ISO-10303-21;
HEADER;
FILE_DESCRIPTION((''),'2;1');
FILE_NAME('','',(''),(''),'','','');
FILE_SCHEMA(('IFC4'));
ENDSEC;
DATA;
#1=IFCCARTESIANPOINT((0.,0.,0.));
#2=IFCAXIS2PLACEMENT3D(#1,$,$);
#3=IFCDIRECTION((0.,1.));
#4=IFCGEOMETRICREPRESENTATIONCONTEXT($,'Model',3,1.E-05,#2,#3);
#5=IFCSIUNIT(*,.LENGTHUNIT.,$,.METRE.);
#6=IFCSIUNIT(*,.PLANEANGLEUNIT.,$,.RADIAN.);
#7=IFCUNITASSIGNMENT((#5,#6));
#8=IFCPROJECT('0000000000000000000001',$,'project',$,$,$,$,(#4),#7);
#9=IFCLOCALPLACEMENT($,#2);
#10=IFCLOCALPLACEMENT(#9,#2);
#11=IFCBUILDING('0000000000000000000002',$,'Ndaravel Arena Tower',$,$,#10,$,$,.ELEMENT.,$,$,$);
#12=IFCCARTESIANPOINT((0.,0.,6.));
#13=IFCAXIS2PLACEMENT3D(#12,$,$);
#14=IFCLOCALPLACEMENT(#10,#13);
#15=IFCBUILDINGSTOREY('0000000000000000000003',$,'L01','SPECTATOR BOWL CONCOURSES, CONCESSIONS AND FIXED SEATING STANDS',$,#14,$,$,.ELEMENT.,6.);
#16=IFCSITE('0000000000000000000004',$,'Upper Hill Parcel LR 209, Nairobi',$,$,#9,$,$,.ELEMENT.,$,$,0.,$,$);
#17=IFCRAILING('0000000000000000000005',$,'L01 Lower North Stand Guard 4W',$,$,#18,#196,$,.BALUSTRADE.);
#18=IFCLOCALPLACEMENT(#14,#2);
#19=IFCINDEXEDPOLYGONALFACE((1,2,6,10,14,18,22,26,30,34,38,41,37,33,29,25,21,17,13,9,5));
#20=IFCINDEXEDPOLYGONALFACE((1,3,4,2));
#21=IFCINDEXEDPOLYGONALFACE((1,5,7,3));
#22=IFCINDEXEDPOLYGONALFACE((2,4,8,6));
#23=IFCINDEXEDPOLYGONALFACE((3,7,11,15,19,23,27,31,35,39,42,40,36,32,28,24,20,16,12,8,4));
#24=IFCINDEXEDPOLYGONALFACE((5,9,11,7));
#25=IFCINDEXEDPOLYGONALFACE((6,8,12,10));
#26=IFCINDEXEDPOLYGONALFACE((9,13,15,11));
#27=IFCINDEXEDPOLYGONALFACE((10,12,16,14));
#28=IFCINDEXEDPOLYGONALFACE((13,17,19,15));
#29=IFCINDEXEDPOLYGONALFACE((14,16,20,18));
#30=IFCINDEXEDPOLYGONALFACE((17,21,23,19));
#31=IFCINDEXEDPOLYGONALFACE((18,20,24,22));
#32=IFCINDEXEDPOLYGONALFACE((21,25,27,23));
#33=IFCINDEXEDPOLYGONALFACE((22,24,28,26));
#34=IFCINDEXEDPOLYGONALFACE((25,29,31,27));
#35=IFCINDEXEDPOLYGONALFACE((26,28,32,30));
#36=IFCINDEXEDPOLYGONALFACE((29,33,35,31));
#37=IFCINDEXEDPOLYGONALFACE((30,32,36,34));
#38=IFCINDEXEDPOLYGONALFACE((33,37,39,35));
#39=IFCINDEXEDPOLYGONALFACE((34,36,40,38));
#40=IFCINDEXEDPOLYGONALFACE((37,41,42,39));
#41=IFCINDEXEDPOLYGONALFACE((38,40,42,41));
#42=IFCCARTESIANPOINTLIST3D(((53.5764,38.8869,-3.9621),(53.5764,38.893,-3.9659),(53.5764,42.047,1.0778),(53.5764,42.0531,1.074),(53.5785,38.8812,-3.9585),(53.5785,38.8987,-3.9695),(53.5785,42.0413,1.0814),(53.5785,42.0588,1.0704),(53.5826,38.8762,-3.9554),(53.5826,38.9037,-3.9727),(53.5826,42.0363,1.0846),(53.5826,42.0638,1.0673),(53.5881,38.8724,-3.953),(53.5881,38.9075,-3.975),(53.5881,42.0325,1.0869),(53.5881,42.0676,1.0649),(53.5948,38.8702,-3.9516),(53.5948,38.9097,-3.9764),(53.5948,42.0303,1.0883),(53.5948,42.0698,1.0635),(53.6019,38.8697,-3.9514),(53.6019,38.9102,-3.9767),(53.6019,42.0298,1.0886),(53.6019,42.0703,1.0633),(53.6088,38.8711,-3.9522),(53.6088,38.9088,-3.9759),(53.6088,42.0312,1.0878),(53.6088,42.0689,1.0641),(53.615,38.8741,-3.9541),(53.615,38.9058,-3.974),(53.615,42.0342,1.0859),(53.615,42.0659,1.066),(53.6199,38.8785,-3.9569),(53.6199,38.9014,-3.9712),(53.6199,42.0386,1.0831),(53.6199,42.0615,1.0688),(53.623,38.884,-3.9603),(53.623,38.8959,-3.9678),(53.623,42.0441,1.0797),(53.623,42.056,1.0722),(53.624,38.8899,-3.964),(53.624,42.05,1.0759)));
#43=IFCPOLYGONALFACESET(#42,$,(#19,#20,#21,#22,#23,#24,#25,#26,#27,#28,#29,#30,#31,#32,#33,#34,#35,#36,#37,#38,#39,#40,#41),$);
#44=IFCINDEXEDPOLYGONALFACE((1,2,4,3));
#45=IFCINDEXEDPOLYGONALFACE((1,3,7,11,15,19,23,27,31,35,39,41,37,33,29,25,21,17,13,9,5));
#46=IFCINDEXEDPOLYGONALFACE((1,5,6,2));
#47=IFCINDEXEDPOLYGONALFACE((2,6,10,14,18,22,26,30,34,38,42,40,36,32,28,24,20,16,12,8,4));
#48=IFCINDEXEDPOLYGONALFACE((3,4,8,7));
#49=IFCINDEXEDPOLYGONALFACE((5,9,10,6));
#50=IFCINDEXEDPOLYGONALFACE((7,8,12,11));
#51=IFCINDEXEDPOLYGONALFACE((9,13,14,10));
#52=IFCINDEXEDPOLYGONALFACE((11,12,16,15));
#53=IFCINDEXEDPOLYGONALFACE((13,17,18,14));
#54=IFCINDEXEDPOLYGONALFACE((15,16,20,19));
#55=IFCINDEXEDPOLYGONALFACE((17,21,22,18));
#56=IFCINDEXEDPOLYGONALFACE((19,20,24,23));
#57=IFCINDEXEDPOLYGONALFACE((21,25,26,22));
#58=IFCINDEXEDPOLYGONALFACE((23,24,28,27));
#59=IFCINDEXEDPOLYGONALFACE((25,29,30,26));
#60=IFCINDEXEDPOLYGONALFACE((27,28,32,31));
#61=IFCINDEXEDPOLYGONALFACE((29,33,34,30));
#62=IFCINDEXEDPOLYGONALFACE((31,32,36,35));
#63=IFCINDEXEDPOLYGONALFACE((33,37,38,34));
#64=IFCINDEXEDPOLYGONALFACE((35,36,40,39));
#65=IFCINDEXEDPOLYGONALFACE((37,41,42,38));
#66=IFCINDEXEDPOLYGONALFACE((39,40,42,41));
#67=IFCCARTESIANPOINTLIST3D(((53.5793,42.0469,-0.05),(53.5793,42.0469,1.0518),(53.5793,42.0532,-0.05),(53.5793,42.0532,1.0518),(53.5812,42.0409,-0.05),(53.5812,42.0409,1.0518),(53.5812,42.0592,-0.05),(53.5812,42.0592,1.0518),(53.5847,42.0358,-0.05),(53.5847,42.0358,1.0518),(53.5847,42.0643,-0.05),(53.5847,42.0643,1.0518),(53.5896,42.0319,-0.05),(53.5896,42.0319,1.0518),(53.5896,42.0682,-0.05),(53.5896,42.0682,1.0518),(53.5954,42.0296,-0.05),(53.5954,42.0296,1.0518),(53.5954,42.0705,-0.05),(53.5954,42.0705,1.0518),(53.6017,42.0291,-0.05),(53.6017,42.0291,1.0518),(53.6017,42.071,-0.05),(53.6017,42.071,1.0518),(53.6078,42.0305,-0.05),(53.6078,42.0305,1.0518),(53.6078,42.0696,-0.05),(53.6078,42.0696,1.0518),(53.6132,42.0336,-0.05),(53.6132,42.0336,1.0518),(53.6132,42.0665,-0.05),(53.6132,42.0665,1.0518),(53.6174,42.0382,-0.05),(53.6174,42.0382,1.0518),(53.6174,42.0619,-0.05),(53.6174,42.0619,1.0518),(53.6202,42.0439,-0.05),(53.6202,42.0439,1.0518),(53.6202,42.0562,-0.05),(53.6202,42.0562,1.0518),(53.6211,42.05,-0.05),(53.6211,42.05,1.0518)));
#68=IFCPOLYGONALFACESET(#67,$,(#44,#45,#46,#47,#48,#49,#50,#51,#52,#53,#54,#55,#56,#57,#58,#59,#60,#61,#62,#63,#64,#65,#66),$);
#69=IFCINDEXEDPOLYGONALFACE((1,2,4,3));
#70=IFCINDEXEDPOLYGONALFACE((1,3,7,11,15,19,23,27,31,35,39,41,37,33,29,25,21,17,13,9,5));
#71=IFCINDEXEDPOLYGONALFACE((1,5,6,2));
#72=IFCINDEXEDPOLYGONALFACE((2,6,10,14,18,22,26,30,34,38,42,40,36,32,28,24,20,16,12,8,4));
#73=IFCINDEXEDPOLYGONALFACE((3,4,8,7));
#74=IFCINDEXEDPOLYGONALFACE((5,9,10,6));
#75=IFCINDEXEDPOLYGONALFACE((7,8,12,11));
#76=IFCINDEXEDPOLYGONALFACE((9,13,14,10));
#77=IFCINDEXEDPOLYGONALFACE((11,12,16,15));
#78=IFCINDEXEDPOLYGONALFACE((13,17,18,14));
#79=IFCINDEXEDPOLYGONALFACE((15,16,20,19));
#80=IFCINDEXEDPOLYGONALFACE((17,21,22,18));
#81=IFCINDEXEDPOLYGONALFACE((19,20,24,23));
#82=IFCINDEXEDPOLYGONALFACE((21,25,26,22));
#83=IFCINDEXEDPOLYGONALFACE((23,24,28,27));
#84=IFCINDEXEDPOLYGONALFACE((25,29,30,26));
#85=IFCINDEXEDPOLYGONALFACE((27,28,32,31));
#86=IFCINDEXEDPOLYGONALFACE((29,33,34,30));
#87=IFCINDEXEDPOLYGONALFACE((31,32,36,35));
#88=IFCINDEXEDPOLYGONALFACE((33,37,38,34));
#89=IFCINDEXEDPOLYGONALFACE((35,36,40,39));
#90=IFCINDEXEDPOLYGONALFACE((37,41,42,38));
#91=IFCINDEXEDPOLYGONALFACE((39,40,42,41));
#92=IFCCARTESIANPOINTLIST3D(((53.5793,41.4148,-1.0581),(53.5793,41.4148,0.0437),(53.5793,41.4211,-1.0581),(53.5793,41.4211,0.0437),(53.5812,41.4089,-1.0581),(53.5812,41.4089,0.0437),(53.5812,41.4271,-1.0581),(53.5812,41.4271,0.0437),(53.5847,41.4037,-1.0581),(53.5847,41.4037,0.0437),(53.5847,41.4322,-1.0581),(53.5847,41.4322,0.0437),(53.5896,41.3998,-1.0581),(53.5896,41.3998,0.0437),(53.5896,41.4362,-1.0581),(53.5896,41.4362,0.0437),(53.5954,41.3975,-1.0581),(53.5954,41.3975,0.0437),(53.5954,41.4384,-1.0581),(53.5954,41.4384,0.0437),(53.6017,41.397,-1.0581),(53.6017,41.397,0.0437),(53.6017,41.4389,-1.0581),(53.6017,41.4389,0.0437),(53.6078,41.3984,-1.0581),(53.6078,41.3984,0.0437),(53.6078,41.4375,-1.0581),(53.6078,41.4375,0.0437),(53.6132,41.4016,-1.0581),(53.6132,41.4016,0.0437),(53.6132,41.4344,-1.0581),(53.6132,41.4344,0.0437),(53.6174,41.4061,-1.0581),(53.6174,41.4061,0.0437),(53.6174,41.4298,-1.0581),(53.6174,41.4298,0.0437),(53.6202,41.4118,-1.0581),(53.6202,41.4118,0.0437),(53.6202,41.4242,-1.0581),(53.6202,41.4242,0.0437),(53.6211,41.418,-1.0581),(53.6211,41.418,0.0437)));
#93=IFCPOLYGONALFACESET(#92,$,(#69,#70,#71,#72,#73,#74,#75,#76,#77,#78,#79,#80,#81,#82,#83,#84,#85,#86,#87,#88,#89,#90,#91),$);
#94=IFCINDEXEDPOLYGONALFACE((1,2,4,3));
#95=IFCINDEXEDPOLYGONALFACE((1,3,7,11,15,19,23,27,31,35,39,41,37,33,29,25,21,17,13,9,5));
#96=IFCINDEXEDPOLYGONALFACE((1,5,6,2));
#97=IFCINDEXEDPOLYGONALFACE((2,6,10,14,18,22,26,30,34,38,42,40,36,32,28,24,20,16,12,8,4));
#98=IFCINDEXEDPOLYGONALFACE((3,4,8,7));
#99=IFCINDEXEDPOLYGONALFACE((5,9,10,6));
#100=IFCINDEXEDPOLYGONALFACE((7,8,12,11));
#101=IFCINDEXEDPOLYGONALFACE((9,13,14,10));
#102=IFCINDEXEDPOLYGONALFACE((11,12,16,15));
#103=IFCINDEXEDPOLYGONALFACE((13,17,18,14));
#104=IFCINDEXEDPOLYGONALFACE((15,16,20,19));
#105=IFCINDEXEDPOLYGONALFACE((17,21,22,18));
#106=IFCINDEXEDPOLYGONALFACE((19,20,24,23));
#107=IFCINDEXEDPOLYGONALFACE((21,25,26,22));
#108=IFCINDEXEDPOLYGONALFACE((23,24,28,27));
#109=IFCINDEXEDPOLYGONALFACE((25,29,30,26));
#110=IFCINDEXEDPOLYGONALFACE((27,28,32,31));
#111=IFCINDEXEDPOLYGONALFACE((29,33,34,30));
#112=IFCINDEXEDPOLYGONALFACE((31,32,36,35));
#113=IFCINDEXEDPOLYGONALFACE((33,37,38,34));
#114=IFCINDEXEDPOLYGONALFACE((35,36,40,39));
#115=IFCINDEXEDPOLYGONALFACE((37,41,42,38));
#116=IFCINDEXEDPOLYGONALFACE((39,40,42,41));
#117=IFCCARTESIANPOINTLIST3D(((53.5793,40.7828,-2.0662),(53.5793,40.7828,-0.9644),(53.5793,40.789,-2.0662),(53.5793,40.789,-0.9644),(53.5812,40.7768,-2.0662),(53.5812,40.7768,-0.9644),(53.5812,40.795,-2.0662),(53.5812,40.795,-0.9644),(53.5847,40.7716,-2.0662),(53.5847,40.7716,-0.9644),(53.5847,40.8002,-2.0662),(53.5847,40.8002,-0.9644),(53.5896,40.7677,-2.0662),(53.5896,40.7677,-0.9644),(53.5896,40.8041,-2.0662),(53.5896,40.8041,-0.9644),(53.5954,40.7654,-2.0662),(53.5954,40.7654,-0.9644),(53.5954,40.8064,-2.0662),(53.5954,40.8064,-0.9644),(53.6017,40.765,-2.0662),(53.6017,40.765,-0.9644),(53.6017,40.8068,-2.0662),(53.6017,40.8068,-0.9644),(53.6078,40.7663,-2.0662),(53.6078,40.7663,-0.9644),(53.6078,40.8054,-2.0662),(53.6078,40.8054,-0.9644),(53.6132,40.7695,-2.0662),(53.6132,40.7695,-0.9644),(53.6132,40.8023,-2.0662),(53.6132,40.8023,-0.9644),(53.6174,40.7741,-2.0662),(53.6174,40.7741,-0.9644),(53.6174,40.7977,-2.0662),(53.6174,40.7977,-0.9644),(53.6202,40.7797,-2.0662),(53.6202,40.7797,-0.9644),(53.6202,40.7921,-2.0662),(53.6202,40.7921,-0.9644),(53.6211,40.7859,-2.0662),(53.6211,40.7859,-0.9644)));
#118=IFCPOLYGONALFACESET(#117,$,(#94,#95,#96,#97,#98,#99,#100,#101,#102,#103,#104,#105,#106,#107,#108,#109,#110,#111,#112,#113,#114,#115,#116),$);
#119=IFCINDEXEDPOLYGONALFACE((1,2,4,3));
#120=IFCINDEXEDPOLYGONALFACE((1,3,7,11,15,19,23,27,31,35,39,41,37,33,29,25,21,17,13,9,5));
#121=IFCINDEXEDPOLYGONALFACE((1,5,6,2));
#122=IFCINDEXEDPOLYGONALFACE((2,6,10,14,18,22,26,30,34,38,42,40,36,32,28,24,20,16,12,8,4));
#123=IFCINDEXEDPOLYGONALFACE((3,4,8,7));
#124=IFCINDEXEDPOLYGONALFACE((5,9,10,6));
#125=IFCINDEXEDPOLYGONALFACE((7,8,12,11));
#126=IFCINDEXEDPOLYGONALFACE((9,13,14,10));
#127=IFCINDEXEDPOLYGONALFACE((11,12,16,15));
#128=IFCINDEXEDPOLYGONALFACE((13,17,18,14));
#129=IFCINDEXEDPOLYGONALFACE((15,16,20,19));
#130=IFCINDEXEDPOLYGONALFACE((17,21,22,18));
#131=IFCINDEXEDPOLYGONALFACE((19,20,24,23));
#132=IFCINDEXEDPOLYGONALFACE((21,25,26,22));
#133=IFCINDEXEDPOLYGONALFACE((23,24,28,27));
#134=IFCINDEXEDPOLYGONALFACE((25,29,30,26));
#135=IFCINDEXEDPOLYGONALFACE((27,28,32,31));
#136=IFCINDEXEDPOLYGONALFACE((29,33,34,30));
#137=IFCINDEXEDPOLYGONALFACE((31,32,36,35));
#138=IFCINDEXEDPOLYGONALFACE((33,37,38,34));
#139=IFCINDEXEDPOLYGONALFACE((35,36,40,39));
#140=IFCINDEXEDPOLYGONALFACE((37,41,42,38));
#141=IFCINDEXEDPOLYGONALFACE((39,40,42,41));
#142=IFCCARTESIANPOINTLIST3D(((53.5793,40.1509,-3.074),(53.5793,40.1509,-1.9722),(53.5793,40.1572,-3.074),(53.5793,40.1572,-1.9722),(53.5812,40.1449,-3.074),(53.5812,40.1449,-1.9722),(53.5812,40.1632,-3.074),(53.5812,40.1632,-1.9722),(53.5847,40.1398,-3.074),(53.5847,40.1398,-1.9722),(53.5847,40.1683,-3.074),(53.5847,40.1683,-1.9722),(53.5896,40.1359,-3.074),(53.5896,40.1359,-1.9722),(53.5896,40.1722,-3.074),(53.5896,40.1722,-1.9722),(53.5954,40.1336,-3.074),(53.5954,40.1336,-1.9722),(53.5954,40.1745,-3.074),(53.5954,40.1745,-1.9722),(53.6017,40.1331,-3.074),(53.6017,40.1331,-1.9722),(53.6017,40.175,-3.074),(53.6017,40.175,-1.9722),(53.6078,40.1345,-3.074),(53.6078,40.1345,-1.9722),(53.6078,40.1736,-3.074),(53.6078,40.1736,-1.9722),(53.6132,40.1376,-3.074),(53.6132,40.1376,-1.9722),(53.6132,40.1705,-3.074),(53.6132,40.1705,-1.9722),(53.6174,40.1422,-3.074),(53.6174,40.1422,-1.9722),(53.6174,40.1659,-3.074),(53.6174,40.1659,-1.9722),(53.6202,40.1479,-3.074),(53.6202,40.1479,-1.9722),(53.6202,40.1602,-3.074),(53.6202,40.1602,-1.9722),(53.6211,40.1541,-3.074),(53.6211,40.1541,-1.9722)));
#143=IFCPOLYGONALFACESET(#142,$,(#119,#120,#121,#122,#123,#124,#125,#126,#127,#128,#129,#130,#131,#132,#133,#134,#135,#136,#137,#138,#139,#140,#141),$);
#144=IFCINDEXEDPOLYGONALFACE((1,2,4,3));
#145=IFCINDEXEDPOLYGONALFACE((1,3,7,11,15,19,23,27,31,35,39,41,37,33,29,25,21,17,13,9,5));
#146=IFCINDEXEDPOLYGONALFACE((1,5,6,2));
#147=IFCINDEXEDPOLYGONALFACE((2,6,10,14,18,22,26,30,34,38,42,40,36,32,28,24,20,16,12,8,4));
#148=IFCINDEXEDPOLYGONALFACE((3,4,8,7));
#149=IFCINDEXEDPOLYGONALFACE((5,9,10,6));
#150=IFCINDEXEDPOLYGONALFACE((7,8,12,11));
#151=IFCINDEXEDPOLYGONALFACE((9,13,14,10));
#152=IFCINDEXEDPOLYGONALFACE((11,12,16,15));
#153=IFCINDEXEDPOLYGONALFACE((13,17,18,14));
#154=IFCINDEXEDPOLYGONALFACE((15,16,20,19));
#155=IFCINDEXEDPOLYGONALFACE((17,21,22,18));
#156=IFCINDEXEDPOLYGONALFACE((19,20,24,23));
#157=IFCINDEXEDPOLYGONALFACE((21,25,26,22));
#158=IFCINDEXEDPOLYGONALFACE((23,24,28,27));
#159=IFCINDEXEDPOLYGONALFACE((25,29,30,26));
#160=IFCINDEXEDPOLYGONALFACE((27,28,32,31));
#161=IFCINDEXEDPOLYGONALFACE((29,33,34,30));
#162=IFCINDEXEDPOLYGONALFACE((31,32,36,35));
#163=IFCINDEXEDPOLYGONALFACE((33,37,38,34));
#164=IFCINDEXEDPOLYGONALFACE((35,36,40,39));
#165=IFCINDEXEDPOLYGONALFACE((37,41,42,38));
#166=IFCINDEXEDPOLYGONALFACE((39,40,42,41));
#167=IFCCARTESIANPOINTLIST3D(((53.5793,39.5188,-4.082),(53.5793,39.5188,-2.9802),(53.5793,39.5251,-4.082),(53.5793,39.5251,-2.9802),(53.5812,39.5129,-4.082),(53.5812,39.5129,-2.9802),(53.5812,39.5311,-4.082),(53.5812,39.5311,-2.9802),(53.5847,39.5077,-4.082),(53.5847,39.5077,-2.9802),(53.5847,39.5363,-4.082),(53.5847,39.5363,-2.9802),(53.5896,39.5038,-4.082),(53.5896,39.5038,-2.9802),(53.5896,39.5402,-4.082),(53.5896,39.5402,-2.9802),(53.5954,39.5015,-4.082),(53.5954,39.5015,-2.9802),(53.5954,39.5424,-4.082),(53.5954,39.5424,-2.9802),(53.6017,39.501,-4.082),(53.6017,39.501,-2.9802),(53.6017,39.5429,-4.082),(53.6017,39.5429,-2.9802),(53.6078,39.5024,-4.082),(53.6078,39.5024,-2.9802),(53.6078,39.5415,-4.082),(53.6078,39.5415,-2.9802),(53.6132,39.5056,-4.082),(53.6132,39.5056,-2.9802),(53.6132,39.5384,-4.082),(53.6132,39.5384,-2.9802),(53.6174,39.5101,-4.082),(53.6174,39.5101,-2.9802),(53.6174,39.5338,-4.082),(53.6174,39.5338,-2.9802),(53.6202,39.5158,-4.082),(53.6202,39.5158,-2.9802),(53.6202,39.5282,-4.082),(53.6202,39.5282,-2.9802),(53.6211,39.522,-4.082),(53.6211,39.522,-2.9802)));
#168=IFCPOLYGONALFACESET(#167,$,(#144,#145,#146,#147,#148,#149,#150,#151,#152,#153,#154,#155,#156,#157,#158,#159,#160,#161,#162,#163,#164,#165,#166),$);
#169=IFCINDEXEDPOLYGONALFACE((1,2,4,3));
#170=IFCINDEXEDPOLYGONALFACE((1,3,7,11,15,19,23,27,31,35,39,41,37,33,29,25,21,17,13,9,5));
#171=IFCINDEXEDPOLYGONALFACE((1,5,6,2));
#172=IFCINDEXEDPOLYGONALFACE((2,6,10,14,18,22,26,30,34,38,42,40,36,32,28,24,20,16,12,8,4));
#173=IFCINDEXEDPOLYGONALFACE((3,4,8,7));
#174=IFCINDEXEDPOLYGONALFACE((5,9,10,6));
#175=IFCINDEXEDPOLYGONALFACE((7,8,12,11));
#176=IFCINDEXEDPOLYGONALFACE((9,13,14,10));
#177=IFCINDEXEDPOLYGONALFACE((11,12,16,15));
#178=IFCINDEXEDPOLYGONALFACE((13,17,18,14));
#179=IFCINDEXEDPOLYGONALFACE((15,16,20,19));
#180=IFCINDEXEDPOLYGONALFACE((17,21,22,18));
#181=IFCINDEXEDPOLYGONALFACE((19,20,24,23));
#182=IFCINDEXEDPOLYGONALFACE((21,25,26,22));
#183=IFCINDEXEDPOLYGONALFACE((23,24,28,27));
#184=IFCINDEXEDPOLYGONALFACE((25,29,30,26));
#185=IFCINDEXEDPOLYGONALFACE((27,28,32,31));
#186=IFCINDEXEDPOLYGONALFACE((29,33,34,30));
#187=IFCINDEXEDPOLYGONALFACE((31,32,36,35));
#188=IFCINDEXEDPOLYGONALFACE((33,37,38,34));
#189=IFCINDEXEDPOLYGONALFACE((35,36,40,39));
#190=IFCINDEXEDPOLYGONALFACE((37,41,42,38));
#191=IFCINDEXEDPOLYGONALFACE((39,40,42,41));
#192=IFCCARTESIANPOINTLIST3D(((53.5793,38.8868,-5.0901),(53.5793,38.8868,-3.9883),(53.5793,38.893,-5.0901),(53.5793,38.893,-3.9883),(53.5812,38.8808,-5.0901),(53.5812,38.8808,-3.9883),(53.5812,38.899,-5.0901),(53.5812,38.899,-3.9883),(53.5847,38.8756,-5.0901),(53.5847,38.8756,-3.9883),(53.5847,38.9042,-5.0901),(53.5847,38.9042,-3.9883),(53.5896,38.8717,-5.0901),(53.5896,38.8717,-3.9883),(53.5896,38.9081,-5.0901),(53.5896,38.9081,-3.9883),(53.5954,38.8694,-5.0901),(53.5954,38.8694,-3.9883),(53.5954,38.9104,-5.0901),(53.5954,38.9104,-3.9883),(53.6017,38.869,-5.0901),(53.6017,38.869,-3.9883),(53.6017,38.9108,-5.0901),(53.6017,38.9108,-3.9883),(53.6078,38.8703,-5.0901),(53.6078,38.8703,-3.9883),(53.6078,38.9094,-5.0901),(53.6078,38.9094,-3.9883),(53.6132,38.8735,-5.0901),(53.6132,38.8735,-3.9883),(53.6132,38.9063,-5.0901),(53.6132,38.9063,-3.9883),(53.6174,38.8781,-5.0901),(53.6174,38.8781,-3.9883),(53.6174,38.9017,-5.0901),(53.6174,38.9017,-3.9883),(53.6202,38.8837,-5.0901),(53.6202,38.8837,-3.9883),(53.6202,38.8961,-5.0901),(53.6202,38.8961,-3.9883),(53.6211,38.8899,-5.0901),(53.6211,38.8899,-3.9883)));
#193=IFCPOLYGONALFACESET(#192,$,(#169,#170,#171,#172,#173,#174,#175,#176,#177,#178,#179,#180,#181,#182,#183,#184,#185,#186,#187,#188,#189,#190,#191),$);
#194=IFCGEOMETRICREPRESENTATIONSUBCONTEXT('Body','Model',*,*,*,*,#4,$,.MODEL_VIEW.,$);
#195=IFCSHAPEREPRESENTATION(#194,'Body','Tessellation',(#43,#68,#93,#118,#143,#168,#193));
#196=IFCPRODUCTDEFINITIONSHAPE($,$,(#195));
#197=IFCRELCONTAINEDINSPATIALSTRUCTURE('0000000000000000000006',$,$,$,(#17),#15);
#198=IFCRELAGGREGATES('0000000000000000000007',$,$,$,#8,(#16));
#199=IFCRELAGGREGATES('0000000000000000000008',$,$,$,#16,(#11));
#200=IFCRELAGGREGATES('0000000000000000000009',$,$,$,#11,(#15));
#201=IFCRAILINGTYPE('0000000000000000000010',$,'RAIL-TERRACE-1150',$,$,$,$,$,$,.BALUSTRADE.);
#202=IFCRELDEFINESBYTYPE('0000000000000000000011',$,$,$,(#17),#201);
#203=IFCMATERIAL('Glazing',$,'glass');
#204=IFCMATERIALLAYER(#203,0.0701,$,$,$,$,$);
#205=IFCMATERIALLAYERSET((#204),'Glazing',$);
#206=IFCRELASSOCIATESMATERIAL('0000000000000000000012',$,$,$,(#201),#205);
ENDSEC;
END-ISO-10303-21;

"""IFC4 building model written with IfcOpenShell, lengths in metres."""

from ifc_helpers import new_model, si_unit, direction, frame, origin, origin_2d, place, context, subcontext, project, spatial, circle, extrude, material, layer, layer_set, type_object, element, save


model = new_model("IFC4")

# Units and contexts
model_context = context("Model", 3, precision=1e-05, world=origin(), true_north=direction((0.0, 1.0)))
body_context = subcontext(model_context, "Body", "Model", "MODEL_VIEW")
ifc_project = project(units=[si_unit("LENGTHUNIT", "METRE"), si_unit("PLANEANGLEUNIT", "RADIAN")], contexts=[model_context])

# Site, building, storey
site_placement = place(None, origin())
site = spatial("IfcSite", under=ifc_project, at=site_placement, Name="Upper Hill Parcel LR 209, Nairobi", CompositionType="ELEMENT", RefElevation=0.0)
building_placement = place(site_placement, origin())
building = spatial("IfcBuilding", under=site, at=building_placement, Name="Ndaravel Arena Tower", CompositionType="ELEMENT")
storey_placement = place(building_placement, frame((0.0, 0.0, 6.0)))
storey = spatial("IfcBuildingStorey", under=building, at=storey_placement, Name="L01", Description="SPECTATOR BOWL CONCOURSES, CONCESSIONS AND FIXED SEATING STANDS", CompositionType="ELEMENT", Elevation=6.0)

# Railing
ifc_material_1 = material(Name="Glazing", Category="glass")
ifc_layer_1 = layer(ifc_material_1, 0.0701)
ifc_layer_set_1 = layer_set([ifc_layer_1], Name="Glazing")
railing_type_1 = type_object("IfcRailingType", Name="RAIL-TERRACE-1150", PredefinedType="BALUSTRADE", material=ifc_layer_set_1)
railing_1_placement = place(storey_placement, frame((53.6001, 42.05, -0.05)))
element("IfcRailing", 1, at=railing_1_placement, inside=storey, type_object=railing_type_1, Name="L01 Lower North Stand Guard 4W", PredefinedType="BALUSTRADE", context=body_context, shape_type="SweptSolid", body=[
    extrude(circle(Radius=0.0239, at=origin_2d()), frame((0.0, 0.0, 1.126), z_axis=(0.0, -0.531223, -0.847232), x_axis=(1.0, 0.0, 0.0)), (0.0, 0.0, 1.0), 5.9487),
    extrude(circle(Radius=0.021, at=origin_2d()), origin(), (0.0, 0.0, 1.0), 1.1018),
    extrude(circle(Radius=0.021, at=origin_2d()), frame((0.0, -0.6321, -1.0081)), (0.0, 0.0, 1.0), 1.1018),
    extrude(circle(Radius=0.021, at=origin_2d()), frame((0.0, -1.2642, -2.0161)), (0.0, 0.0, 1.0), 1.1018),
    extrude(circle(Radius=0.021, at=origin_2d()), frame((0.0, -1.896, -3.0239)), (0.0, 0.0, 1.0), 1.1018),
    extrude(circle(Radius=0.021, at=origin_2d()), frame((0.0, -2.5281, -4.032)), (0.0, 0.0, 1.0), 1.1018),
    extrude(circle(Radius=0.021, at=origin_2d()), frame((0.0, -3.1602, -5.04)), (0.0, 0.0, 1.0), 1.1018),
])

save(model, "model.ifc")
